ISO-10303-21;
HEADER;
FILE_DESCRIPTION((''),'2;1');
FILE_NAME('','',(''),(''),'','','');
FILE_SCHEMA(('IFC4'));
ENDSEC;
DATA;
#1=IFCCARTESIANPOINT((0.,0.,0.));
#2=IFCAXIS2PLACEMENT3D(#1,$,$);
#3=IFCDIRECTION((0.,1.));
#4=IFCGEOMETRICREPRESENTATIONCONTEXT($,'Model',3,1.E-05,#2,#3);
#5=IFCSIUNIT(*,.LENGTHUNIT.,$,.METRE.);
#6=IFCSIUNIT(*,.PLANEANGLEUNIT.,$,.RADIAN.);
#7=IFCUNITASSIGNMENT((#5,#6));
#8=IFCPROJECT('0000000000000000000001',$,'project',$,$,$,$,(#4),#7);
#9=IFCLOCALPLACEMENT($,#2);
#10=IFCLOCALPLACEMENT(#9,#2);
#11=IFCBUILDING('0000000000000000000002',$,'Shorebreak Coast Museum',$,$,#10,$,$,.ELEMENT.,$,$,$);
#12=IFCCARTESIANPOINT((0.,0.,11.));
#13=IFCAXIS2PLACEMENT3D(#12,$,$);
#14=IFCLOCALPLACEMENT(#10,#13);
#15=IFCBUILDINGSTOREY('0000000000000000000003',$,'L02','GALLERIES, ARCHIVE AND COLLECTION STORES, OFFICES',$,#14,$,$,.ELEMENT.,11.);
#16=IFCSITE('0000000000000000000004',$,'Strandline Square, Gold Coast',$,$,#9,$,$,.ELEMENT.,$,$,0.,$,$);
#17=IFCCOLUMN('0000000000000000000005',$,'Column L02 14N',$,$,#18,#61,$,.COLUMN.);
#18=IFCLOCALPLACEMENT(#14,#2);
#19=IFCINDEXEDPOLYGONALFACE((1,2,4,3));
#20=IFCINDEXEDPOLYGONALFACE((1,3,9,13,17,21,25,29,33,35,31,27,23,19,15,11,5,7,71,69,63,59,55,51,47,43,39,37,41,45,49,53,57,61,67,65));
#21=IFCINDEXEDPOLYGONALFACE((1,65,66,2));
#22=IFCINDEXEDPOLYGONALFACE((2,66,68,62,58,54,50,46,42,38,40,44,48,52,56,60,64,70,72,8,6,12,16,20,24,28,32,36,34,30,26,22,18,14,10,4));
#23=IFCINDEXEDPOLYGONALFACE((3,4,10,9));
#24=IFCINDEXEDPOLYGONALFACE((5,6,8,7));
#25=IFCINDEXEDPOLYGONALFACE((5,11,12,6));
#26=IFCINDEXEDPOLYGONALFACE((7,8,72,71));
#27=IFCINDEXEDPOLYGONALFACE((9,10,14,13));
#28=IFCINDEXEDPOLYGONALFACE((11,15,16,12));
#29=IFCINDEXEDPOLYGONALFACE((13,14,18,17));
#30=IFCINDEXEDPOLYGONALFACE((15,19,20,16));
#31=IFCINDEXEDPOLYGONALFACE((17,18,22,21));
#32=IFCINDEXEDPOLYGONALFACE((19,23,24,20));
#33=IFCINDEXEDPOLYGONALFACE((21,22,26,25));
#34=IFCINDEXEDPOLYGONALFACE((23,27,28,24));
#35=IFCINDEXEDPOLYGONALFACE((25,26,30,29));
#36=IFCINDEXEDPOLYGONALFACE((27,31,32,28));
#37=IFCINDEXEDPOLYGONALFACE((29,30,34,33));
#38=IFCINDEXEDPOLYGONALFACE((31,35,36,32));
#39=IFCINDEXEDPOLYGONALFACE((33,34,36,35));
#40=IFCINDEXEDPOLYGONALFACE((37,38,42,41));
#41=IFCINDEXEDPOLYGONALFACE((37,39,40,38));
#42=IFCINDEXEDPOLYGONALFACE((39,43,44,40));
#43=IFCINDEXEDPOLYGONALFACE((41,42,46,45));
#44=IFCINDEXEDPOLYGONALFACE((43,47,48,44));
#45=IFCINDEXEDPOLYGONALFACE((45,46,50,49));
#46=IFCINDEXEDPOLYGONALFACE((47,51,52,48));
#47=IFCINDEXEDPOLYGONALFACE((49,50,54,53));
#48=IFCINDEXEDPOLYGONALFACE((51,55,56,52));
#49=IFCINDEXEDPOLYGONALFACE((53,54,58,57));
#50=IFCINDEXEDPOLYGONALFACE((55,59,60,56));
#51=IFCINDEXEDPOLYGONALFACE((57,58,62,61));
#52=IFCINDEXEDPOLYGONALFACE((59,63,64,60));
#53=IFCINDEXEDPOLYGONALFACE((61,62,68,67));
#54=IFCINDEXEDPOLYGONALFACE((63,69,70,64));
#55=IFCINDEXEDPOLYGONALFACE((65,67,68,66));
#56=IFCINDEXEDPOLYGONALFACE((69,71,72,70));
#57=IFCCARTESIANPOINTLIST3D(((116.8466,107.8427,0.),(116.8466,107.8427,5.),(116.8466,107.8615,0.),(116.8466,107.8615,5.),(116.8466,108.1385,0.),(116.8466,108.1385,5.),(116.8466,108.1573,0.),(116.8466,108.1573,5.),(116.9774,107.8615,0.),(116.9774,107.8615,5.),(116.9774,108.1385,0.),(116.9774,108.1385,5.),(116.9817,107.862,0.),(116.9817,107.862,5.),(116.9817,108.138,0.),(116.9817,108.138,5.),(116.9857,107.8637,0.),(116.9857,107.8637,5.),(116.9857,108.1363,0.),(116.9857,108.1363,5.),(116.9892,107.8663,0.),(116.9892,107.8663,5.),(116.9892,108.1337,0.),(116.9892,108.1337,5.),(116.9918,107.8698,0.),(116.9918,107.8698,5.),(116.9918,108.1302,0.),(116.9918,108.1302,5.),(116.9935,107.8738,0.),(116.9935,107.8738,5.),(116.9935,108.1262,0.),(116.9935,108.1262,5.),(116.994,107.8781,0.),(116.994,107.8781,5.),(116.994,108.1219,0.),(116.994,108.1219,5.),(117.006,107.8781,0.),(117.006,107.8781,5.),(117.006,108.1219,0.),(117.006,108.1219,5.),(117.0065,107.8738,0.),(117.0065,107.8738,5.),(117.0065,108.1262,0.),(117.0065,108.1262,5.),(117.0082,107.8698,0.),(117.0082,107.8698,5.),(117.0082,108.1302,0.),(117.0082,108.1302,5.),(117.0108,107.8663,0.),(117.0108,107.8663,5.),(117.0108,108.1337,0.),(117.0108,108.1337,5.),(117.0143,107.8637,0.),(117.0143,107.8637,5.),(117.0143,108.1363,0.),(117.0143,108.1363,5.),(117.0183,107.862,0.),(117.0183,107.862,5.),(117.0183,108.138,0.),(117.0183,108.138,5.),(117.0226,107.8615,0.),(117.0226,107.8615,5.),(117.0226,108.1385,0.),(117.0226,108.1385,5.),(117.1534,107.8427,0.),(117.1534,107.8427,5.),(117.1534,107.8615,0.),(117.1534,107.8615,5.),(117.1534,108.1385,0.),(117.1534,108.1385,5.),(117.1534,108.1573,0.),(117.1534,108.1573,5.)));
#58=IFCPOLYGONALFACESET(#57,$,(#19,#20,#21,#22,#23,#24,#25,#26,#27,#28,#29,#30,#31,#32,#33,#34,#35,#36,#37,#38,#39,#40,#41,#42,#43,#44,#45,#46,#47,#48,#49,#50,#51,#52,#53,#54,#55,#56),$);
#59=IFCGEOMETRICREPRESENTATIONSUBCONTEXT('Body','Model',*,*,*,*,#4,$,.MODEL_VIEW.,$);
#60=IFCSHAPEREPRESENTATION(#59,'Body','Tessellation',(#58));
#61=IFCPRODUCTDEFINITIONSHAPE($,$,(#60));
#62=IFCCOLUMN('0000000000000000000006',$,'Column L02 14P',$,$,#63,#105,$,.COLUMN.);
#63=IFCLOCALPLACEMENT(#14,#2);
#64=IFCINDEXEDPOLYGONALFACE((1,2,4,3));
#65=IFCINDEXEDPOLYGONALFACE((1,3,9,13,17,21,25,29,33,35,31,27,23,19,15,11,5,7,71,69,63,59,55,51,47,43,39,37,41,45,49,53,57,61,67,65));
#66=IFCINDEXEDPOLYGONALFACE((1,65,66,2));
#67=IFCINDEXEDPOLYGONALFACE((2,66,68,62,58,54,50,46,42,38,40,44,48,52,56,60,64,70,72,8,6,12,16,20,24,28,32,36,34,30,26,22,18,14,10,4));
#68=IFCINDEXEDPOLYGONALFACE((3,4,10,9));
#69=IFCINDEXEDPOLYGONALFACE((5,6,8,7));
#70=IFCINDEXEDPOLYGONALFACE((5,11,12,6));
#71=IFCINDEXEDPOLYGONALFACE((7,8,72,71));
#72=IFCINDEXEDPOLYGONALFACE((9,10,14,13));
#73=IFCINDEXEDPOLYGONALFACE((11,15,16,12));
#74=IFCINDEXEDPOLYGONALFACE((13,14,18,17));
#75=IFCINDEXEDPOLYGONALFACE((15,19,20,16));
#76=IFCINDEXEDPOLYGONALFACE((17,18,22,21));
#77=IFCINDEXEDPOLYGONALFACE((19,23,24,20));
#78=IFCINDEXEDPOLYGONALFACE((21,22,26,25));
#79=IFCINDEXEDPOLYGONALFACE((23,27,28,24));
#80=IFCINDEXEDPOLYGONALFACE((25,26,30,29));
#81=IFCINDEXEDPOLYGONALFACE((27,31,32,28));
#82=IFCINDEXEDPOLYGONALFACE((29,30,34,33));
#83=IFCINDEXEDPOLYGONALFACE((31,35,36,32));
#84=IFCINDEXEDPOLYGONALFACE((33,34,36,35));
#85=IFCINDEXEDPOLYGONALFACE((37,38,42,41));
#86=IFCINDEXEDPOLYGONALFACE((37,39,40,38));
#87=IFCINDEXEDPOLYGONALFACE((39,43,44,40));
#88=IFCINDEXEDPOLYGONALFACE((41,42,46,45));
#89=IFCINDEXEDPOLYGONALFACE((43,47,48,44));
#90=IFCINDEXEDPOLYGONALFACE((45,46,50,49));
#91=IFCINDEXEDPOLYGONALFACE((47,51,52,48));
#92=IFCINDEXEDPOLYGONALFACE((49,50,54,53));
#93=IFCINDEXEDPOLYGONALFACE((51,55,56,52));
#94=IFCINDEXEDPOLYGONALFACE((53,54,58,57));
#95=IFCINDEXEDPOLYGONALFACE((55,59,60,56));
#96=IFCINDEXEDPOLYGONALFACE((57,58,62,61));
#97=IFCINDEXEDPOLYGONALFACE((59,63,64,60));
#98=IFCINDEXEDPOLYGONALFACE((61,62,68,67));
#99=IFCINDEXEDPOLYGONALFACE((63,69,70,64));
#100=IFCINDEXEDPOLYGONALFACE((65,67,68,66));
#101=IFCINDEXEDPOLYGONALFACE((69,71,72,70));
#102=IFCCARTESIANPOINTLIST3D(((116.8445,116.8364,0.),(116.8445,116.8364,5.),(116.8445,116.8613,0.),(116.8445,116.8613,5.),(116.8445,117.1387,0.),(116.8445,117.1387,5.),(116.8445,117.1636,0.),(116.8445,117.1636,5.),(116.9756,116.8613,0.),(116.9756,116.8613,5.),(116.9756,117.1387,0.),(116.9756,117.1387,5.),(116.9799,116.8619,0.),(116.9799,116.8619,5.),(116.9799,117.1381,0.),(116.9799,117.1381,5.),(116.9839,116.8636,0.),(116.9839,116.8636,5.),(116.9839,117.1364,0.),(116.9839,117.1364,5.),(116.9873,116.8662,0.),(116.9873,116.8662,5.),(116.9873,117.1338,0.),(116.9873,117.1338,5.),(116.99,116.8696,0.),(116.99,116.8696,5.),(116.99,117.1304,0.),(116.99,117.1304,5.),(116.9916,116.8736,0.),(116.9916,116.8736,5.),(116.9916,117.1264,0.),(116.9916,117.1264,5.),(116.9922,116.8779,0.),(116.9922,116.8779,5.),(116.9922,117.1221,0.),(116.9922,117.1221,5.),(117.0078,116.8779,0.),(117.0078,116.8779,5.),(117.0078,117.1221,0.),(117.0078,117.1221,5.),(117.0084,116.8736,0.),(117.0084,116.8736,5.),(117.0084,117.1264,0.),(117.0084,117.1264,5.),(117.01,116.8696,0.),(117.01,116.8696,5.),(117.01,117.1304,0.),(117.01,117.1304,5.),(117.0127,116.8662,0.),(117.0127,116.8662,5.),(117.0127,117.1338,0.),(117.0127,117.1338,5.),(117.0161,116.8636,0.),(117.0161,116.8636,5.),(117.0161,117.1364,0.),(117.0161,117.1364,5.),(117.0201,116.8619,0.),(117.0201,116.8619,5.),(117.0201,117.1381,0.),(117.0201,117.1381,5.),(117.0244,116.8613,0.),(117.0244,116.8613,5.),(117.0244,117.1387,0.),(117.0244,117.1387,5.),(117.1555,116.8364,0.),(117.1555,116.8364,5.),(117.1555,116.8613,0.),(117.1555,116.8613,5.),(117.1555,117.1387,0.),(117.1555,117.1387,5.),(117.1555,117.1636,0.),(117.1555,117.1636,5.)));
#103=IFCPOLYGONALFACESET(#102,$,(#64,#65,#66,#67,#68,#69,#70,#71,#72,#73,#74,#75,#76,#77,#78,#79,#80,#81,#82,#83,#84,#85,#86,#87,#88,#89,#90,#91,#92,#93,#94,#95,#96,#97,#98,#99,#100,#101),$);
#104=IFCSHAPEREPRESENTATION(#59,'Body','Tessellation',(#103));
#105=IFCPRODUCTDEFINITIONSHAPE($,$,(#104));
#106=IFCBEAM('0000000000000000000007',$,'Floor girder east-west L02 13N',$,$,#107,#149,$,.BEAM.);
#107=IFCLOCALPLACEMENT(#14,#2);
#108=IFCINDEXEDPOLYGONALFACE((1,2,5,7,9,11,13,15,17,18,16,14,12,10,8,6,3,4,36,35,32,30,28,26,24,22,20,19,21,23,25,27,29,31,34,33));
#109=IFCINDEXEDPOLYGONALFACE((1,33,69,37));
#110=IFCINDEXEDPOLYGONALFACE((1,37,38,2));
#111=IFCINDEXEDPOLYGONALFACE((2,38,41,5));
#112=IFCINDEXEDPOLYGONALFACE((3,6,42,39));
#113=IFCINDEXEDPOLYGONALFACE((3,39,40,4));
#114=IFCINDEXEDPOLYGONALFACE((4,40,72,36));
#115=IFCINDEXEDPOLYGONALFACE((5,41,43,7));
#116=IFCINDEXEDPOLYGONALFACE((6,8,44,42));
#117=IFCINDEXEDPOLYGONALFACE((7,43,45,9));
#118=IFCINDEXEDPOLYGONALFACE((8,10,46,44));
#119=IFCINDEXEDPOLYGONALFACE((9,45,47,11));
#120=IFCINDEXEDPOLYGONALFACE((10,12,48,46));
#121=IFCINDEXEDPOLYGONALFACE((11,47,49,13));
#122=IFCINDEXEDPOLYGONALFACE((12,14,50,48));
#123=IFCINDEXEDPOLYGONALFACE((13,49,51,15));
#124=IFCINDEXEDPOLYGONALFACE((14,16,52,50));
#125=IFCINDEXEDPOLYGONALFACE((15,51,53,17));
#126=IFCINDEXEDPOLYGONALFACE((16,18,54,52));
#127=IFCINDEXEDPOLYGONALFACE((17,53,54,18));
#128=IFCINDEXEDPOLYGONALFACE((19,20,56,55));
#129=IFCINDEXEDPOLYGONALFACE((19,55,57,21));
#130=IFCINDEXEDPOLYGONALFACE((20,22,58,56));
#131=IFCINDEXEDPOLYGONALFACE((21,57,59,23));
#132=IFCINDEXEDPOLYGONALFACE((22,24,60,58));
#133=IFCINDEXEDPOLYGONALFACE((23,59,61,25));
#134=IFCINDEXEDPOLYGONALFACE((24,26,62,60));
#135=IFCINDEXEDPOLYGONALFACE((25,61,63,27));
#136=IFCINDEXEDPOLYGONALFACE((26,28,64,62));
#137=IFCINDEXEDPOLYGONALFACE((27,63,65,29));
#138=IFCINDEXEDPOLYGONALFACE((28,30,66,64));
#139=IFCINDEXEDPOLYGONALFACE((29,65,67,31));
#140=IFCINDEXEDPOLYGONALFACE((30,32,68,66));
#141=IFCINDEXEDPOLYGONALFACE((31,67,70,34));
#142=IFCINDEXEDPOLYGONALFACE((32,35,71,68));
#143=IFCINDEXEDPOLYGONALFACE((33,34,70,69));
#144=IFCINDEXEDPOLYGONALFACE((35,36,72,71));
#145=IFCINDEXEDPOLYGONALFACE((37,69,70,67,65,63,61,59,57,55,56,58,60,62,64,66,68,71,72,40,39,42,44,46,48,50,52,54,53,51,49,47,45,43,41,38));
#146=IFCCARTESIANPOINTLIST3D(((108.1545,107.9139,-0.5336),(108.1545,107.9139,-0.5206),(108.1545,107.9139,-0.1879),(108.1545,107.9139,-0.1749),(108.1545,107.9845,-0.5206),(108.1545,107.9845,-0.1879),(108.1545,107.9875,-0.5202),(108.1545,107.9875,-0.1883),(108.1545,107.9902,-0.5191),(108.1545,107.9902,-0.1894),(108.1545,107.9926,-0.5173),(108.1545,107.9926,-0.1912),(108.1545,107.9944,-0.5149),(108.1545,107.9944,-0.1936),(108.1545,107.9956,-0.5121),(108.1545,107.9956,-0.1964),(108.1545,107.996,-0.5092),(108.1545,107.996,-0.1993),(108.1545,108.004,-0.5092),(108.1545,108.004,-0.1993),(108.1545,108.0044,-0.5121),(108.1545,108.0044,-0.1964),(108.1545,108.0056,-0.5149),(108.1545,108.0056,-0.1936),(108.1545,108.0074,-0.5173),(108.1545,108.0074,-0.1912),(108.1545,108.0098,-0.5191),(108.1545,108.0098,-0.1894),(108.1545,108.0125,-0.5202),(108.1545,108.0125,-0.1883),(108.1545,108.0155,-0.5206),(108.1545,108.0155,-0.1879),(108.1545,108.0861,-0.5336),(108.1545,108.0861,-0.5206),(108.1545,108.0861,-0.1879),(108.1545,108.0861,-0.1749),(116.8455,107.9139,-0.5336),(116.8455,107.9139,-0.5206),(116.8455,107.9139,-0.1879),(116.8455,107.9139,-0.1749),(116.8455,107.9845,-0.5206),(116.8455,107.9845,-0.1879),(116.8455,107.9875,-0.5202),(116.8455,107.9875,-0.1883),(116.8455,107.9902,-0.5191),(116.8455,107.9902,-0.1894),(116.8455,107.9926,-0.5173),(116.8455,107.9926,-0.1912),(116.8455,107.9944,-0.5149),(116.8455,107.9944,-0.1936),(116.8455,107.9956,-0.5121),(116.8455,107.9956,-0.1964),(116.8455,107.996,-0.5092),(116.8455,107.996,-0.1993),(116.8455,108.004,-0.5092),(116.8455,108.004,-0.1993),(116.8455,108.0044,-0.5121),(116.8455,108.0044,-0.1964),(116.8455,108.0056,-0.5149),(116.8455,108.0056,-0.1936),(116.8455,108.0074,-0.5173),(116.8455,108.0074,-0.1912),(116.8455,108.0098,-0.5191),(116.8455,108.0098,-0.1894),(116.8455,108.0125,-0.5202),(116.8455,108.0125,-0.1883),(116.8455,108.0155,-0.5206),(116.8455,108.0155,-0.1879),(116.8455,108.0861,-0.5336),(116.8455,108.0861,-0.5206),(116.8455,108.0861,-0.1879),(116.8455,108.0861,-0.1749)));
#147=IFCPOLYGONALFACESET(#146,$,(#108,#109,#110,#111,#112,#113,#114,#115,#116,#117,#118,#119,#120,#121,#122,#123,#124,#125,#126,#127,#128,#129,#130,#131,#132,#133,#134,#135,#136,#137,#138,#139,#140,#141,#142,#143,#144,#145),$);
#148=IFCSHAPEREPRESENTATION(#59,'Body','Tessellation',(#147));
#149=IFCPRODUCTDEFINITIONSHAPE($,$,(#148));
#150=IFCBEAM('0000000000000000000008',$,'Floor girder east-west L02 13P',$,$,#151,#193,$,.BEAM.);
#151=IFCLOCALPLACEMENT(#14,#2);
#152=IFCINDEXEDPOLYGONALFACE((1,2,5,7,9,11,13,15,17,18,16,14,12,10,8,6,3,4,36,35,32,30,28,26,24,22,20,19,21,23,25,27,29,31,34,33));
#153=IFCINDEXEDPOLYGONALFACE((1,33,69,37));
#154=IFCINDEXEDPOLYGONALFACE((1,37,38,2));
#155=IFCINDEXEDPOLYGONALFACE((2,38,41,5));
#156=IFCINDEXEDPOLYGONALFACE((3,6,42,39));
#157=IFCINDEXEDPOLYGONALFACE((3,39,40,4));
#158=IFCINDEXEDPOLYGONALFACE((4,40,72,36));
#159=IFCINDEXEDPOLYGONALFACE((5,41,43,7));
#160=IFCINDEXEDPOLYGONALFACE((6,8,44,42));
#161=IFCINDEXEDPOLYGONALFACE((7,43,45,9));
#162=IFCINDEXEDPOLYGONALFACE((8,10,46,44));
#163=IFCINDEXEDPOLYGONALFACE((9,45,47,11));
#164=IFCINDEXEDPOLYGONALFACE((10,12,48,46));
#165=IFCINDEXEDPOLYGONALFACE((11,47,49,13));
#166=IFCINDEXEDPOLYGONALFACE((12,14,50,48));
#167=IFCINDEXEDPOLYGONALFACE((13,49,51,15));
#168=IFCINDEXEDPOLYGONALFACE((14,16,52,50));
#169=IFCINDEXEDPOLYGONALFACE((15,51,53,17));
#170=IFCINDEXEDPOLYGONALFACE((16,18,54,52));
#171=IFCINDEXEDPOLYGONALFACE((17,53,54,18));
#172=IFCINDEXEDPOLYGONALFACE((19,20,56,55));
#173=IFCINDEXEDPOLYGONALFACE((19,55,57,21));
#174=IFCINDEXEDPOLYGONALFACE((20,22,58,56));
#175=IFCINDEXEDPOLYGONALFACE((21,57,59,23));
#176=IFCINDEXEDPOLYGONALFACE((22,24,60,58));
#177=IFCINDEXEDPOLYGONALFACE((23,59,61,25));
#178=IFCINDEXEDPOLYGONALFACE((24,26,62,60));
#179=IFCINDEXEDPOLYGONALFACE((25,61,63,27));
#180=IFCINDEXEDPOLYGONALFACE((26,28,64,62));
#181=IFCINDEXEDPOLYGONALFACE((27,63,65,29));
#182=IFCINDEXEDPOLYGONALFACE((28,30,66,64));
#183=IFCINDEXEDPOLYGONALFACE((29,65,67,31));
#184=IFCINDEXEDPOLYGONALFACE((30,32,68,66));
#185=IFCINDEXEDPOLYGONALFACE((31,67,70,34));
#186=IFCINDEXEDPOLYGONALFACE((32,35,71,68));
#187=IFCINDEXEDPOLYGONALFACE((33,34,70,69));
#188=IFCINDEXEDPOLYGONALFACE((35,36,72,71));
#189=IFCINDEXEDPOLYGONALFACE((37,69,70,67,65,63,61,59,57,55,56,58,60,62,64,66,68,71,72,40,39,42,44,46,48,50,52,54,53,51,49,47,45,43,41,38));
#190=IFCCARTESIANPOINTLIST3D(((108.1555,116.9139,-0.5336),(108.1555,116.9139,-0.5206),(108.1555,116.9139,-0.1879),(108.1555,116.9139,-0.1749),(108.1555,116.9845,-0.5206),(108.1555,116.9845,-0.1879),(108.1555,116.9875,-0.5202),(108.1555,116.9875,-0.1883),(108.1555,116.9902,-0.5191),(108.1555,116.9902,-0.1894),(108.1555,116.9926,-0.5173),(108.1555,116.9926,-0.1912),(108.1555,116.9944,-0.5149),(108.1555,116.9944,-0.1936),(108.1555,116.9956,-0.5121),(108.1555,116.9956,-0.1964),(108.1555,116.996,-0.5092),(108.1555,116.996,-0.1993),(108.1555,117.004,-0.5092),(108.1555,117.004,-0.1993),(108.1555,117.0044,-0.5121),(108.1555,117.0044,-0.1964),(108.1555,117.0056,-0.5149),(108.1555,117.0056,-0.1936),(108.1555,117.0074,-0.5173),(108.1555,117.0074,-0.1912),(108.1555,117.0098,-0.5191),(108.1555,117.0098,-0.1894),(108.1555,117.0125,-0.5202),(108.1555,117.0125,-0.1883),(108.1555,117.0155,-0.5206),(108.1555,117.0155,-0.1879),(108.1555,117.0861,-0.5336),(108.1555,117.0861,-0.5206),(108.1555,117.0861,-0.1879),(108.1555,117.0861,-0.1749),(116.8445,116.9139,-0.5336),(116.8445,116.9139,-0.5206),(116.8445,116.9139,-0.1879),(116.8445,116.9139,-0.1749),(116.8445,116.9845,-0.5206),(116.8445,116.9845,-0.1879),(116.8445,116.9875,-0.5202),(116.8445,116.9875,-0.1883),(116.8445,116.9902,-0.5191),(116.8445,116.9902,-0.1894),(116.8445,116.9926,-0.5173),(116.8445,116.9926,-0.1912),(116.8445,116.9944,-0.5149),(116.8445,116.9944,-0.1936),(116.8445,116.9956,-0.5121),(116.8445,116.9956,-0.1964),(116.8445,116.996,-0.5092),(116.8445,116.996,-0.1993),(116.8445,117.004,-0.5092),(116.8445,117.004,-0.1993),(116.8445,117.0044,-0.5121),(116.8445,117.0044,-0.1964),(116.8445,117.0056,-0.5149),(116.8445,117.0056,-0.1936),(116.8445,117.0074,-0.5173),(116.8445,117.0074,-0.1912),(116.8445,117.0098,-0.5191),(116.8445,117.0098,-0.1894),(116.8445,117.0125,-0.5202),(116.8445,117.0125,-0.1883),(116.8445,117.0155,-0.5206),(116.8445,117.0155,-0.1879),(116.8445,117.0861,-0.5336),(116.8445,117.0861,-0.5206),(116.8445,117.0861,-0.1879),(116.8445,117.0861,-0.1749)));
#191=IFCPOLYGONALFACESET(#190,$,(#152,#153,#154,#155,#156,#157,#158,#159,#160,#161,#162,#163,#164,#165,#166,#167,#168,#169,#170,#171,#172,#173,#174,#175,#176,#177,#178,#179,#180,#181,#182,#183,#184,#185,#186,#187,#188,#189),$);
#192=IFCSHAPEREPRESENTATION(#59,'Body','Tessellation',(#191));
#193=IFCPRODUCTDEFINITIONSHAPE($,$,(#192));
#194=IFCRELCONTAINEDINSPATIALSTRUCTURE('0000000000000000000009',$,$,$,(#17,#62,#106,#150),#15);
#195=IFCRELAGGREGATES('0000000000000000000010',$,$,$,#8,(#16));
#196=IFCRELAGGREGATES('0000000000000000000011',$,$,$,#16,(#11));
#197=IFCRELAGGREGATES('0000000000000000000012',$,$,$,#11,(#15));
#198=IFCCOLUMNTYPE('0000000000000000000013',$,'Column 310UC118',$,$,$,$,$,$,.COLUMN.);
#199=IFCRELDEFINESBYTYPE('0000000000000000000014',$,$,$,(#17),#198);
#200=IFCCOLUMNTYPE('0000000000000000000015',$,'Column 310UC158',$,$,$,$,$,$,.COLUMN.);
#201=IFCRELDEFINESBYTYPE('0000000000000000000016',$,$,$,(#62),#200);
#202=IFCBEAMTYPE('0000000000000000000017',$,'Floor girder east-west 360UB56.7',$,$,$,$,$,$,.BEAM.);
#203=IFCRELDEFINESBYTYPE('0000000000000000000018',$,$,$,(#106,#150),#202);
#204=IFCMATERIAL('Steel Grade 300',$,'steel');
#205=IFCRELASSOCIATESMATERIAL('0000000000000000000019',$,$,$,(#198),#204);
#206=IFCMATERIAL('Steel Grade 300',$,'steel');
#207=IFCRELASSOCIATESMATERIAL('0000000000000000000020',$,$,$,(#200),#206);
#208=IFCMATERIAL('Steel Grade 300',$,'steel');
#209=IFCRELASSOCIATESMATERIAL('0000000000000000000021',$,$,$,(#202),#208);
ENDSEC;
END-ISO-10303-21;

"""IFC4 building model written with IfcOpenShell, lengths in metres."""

from ifc_helpers import new_model, si_unit, direction, frame, origin, origin_2d, place, context, subcontext, project, spatial, i_section, extrude, material, material_profile, profile_set, type_object, element, save


model = new_model("IFC4")

# Units and contexts
model_context = context("Model", 3, precision=1e-05, world=origin(), true_north=direction((0.0, 1.0)))
body_context = subcontext(model_context, "Body", "Model", "MODEL_VIEW")
ifc_project = project(units=[si_unit("LENGTHUNIT", "METRE"), si_unit("PLANEANGLEUNIT", "RADIAN")], contexts=[model_context])

# Site, building, storey
site_placement = place(None, origin())
site = spatial("IfcSite", under=ifc_project, at=site_placement, Name="Strandline Square, Gold Coast", CompositionType="ELEMENT", RefElevation=0.0)
building_placement = place(site_placement, origin())
building = spatial("IfcBuilding", under=site, at=building_placement, Name="Shorebreak Coast Museum", CompositionType="ELEMENT")
storey_placement = place(building_placement, frame((0.0, 0.0, 11.0)))
storey = spatial("IfcBuildingStorey", under=building, at=storey_placement, Name="L02", Description="GALLERIES, ARCHIVE AND COLLECTION STORES, OFFICES", CompositionType="ELEMENT", Elevation=11.0)

# Columns
ifc_material_1 = material(Name="Steel Grade 300", Category="steel")
ifc_material_profile_1 = material_profile(ifc_material_1, i_section(OverallWidth=0.3069, OverallDepth=0.3147, WebThickness=0.012, FlangeThickness=0.0188, FilletRadius=0.0166, at=origin_2d()), Name="310UC118")
ifc_profile_set_1 = profile_set([ifc_material_profile_1], Name="Steel Grade 300")
column_type_1 = type_object("IfcColumnType", Name="Column 310UC118", PredefinedType="COLUMN", material=ifc_profile_set_1)
column_1_placement = place(storey_placement, frame((117.0, 108.0, 0.0), z_axis=(0.0, 0.0, 1.0), x_axis=(1.0, 0.0, 0.0)))
element("IfcColumn", 1, at=column_1_placement, inside=storey, type_object=column_type_1, Name="Column L02 14N", PredefinedType="COLUMN", context=body_context, shape_type="SweptSolid", body=[
    extrude(i_section(OverallWidth=0.3069, OverallDepth=0.3147, WebThickness=0.012, FlangeThickness=0.0188, FilletRadius=0.0166, at=origin_2d()), origin(), (0.0, 0.0, 1.0), 5.0),
])
ifc_material_2 = material(Name="Steel Grade 300", Category="steel")
ifc_material_profile_2 = material_profile(ifc_material_2, i_section(OverallWidth=0.311, OverallDepth=0.3271, WebThickness=0.0156, FlangeThickness=0.0249, FilletRadius=0.0166, at=origin_2d()), Name="310UC158")
ifc_profile_set_2 = profile_set([ifc_material_profile_2], Name="Steel Grade 300")
column_type_2 = type_object("IfcColumnType", Name="Column 310UC158", PredefinedType="COLUMN", material=ifc_profile_set_2)
column_2_placement = place(storey_placement, frame((117.0, 117.0, 0.0), z_axis=(0.0, 0.0, 1.0), x_axis=(1.0, 0.0, 0.0)))
element("IfcColumn", 2, at=column_2_placement, inside=storey, type_object=column_type_2, Name="Column L02 14P", PredefinedType="COLUMN", context=body_context, shape_type="SweptSolid", body=[
    extrude(i_section(OverallWidth=0.311, OverallDepth=0.3271, WebThickness=0.0156, FlangeThickness=0.0249, FilletRadius=0.0166, at=origin_2d()), origin(), (0.0, 0.0, 1.0), 5.0),
])

# Beams
ifc_material_3 = material(Name="Steel Grade 300", Category="steel")
ifc_material_profile_3 = material_profile(ifc_material_3, i_section(OverallWidth=0.1721, OverallDepth=0.3586, WebThickness=0.0081, FlangeThickness=0.0129, FilletRadius=0.0115, at=origin_2d()), Name="360UB56.7")
ifc_profile_set_3 = profile_set([ifc_material_profile_3], Name="Steel Grade 300")
beam_type_1 = type_object("IfcBeamType", Name="Floor girder east-west 360UB56.7", PredefinedType="BEAM", material=ifc_profile_set_3)
beam_1_placement = place(storey_placement, frame((108.1545, 108.0, -0.3542), z_axis=(1.0, 0.0, 0.0), x_axis=(0.0, 1.0, 0.0)))
element("IfcBeam", 3, at=beam_1_placement, inside=storey, type_object=beam_type_1, Name="Floor girder east-west L02 13N", PredefinedType="BEAM", context=body_context, shape_type="SweptSolid", body=[
    extrude(i_section(OverallWidth=0.1721, OverallDepth=0.3586, WebThickness=0.0081, FlangeThickness=0.0129, FilletRadius=0.0115, at=origin_2d()), origin(), (0.0, 0.0, 1.0), 8.6909),
])
beam_2_placement = place(storey_placement, frame((108.1555, 117.0, -0.3542), z_axis=(1.0, 0.0, 0.0), x_axis=(0.0, 1.0, 0.0)))
element("IfcBeam", 4, at=beam_2_placement, inside=storey, type_object=beam_type_1, Name="Floor girder east-west L02 13P", PredefinedType="BEAM", context=body_context, shape_type="SweptSolid", body=[
    extrude(i_section(OverallWidth=0.1721, OverallDepth=0.3586, WebThickness=0.0081, FlangeThickness=0.0129, FilletRadius=0.0115, at=origin_2d()), origin(), (0.0, 0.0, 1.0), 8.689),
])

save(model, "model.ifc")
